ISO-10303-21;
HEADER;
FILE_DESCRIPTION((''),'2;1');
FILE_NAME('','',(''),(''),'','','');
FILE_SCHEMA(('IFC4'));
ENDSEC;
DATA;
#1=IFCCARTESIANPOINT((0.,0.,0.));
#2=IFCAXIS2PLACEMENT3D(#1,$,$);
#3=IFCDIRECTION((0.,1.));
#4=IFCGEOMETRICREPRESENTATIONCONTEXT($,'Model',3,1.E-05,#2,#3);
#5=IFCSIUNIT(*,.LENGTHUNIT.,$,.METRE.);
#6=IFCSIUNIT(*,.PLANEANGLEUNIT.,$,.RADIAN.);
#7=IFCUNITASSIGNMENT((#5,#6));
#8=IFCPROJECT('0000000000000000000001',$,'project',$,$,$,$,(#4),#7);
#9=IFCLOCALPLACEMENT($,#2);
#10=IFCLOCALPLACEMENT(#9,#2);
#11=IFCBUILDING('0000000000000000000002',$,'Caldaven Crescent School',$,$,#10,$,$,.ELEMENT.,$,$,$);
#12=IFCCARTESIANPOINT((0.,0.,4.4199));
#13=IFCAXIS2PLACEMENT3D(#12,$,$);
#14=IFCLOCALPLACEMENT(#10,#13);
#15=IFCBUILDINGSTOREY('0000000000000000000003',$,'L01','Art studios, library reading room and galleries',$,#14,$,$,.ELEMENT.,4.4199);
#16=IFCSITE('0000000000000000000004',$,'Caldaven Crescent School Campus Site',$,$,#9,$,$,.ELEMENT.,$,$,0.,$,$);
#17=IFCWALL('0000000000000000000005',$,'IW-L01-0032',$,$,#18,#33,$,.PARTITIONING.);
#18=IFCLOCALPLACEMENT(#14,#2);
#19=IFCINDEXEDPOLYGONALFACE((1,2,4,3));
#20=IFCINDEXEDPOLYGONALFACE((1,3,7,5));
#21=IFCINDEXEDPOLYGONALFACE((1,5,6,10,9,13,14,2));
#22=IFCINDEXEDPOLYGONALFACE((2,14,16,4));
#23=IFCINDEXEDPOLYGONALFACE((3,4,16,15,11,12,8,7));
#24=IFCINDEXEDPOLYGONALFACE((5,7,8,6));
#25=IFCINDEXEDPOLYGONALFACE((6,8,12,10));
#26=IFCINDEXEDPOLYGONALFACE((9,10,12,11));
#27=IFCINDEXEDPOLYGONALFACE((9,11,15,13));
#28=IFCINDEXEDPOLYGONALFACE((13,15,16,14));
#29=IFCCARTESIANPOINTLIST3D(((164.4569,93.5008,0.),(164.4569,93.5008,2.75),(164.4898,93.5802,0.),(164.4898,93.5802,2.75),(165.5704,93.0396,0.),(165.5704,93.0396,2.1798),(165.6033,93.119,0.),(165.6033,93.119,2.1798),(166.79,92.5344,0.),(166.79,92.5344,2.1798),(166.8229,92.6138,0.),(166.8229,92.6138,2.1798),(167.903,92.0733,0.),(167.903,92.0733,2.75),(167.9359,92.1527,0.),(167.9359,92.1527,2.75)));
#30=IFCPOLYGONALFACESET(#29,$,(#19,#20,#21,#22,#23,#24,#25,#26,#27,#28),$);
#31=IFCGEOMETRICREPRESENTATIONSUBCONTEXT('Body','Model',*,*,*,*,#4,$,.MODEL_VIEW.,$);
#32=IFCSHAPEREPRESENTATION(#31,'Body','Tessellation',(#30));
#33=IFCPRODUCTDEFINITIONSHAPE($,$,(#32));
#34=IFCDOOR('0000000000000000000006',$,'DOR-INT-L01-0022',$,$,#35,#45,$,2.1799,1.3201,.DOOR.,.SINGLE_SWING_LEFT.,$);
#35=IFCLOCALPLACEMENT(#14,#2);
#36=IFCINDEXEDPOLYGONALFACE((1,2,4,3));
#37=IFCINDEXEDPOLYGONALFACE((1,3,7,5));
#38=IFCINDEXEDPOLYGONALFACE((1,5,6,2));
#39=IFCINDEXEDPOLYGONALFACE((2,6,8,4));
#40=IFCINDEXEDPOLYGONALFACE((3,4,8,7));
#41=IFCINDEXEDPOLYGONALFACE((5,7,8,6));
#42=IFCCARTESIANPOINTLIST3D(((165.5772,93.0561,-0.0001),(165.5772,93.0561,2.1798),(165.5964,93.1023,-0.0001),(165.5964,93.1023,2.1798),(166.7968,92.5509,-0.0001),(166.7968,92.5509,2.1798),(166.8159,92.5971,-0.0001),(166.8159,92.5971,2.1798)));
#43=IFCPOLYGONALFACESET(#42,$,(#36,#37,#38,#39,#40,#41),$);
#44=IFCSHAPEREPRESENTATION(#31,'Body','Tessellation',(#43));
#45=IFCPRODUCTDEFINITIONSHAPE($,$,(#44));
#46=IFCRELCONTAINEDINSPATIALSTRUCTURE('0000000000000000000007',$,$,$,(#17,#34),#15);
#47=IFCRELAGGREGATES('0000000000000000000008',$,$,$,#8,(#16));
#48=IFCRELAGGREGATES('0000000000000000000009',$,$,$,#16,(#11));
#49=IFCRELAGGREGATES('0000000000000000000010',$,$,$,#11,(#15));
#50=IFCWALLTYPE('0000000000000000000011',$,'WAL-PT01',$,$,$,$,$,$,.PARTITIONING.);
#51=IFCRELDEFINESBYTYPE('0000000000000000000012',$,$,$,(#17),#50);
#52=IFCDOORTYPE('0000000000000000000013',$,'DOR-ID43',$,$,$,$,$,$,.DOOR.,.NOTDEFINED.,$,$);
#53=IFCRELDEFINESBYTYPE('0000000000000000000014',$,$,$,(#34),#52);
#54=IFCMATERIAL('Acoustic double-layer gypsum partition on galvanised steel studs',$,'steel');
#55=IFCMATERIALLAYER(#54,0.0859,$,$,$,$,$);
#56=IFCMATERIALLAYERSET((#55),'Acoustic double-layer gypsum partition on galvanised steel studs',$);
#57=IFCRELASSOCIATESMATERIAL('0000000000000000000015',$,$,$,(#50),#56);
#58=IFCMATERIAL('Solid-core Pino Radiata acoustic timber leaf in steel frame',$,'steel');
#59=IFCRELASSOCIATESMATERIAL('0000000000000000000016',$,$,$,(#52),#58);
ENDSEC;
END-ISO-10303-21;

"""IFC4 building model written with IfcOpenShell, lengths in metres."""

from ifc_helpers import new_model, si_unit, direction, frame, frame_2d, origin, place, context, subcontext, project, spatial, rectangle, extrude, material, layer, layer_set, type_object, element, fill, save


model = new_model("IFC4")

# Units and contexts
model_context = context("Model", 3, precision=1e-05, world=origin(), true_north=direction((0.0, 1.0)))
body_context = subcontext(model_context, "Body", "Model", "MODEL_VIEW")
ifc_project = project(units=[si_unit("LENGTHUNIT", "METRE"), si_unit("PLANEANGLEUNIT", "RADIAN")], contexts=[model_context])

# Site, building, storey
site_placement = place(None, origin())
site = spatial("IfcSite", under=ifc_project, at=site_placement, Name="Caldaven Crescent School Campus Site", CompositionType="ELEMENT", RefElevation=0.0)
building_placement = place(site_placement, origin())
building = spatial("IfcBuilding", under=site, at=building_placement, Name="Caldaven Crescent School", CompositionType="ELEMENT")
storey_placement = place(building_placement, frame((0.0, 0.0, 4.4199)))
storey = spatial("IfcBuildingStorey", under=building, at=storey_placement, Name="L01", Description="Art studios, library reading room and galleries", CompositionType="ELEMENT", Elevation=4.4199)

# Wall, opening, door
ifc_material_1 = material(Name="Acoustic double-layer gypsum partition on galvanised steel studs", Category="steel")
ifc_layer_1 = layer(ifc_material_1, 0.0859)
ifc_layer_set_1 = layer_set([ifc_layer_1], Name="Acoustic double-layer gypsum partition on galvanised steel studs")
wall_type_1 = type_object("IfcWallType", Name="WAL-PT01", PredefinedType="PARTITIONING", material=ifc_layer_set_1)
wall_1_placement = place(storey_placement, frame((164.4734, 93.5405, 0.0), z_axis=(0.0, 0.0, 1.0), x_axis=(0.923871, -0.382704, 0.0)))
wall_1 = element("IfcWall", 1, at=wall_1_placement, inside=storey, type_object=wall_type_1, Name="IW-L01-0032", PredefinedType="PARTITIONING", context=body_context, shape_type="SweptSolid", body=[
    extrude(rectangle(XDim=3.73, YDim=0.0859, at=frame_2d((1.865, 0.0))), origin(), (0.0, 0.0, 1.0), 2.75),
])
opening_1_placement = place(wall_1_placement, frame((1.2051, 0.0, 0.0)))
opening_1 = element("IfcOpeningElement", 2, at=opening_1_placement, cuts=wall_1, PredefinedType="OPENING", context=body_context, shape_type="SweptSolid", body=[
    extrude(rectangle(XDim=1.3201, YDim=2.1799, at=frame_2d((0.6602, 1.0898))), frame((0.0, 0.053, 0.0), z_axis=(0.0, -1.0, 0.0), x_axis=(1.0, 0.0, 0.0)), (0.0, 0.0, 1.0), 0.106),
])
ifc_material_2 = material(Name="Solid-core Pino Radiata acoustic timber leaf in steel frame", Category="steel")
door_type = type_object("IfcDoorType", Name="DOR-ID43", OperationType="NOTDEFINED", PredefinedType="DOOR", material=ifc_material_2)
door_placement = place(opening_1_placement, origin())
door = element("IfcDoor", 3, at=door_placement, inside=storey, type_object=door_type, Name="DOR-INT-L01-0022", OperationType="SINGLE_SWING_LEFT", OverallHeight=2.1799, OverallWidth=1.3201, PredefinedType="DOOR", context=body_context, shape_type="SweptSolid", body=[
    extrude(rectangle(XDim=1.3201, YDim=2.1799, at=frame_2d((0.6602, 1.0898))), frame((0.0, 0.0249, 0.0), z_axis=(0.0, -1.0, 0.0), x_axis=(1.0, 0.0, 0.0)), (0.0, 0.0, 1.0), 0.05),
])
fill(opening_1, door)

save(model, "model.ifc")
